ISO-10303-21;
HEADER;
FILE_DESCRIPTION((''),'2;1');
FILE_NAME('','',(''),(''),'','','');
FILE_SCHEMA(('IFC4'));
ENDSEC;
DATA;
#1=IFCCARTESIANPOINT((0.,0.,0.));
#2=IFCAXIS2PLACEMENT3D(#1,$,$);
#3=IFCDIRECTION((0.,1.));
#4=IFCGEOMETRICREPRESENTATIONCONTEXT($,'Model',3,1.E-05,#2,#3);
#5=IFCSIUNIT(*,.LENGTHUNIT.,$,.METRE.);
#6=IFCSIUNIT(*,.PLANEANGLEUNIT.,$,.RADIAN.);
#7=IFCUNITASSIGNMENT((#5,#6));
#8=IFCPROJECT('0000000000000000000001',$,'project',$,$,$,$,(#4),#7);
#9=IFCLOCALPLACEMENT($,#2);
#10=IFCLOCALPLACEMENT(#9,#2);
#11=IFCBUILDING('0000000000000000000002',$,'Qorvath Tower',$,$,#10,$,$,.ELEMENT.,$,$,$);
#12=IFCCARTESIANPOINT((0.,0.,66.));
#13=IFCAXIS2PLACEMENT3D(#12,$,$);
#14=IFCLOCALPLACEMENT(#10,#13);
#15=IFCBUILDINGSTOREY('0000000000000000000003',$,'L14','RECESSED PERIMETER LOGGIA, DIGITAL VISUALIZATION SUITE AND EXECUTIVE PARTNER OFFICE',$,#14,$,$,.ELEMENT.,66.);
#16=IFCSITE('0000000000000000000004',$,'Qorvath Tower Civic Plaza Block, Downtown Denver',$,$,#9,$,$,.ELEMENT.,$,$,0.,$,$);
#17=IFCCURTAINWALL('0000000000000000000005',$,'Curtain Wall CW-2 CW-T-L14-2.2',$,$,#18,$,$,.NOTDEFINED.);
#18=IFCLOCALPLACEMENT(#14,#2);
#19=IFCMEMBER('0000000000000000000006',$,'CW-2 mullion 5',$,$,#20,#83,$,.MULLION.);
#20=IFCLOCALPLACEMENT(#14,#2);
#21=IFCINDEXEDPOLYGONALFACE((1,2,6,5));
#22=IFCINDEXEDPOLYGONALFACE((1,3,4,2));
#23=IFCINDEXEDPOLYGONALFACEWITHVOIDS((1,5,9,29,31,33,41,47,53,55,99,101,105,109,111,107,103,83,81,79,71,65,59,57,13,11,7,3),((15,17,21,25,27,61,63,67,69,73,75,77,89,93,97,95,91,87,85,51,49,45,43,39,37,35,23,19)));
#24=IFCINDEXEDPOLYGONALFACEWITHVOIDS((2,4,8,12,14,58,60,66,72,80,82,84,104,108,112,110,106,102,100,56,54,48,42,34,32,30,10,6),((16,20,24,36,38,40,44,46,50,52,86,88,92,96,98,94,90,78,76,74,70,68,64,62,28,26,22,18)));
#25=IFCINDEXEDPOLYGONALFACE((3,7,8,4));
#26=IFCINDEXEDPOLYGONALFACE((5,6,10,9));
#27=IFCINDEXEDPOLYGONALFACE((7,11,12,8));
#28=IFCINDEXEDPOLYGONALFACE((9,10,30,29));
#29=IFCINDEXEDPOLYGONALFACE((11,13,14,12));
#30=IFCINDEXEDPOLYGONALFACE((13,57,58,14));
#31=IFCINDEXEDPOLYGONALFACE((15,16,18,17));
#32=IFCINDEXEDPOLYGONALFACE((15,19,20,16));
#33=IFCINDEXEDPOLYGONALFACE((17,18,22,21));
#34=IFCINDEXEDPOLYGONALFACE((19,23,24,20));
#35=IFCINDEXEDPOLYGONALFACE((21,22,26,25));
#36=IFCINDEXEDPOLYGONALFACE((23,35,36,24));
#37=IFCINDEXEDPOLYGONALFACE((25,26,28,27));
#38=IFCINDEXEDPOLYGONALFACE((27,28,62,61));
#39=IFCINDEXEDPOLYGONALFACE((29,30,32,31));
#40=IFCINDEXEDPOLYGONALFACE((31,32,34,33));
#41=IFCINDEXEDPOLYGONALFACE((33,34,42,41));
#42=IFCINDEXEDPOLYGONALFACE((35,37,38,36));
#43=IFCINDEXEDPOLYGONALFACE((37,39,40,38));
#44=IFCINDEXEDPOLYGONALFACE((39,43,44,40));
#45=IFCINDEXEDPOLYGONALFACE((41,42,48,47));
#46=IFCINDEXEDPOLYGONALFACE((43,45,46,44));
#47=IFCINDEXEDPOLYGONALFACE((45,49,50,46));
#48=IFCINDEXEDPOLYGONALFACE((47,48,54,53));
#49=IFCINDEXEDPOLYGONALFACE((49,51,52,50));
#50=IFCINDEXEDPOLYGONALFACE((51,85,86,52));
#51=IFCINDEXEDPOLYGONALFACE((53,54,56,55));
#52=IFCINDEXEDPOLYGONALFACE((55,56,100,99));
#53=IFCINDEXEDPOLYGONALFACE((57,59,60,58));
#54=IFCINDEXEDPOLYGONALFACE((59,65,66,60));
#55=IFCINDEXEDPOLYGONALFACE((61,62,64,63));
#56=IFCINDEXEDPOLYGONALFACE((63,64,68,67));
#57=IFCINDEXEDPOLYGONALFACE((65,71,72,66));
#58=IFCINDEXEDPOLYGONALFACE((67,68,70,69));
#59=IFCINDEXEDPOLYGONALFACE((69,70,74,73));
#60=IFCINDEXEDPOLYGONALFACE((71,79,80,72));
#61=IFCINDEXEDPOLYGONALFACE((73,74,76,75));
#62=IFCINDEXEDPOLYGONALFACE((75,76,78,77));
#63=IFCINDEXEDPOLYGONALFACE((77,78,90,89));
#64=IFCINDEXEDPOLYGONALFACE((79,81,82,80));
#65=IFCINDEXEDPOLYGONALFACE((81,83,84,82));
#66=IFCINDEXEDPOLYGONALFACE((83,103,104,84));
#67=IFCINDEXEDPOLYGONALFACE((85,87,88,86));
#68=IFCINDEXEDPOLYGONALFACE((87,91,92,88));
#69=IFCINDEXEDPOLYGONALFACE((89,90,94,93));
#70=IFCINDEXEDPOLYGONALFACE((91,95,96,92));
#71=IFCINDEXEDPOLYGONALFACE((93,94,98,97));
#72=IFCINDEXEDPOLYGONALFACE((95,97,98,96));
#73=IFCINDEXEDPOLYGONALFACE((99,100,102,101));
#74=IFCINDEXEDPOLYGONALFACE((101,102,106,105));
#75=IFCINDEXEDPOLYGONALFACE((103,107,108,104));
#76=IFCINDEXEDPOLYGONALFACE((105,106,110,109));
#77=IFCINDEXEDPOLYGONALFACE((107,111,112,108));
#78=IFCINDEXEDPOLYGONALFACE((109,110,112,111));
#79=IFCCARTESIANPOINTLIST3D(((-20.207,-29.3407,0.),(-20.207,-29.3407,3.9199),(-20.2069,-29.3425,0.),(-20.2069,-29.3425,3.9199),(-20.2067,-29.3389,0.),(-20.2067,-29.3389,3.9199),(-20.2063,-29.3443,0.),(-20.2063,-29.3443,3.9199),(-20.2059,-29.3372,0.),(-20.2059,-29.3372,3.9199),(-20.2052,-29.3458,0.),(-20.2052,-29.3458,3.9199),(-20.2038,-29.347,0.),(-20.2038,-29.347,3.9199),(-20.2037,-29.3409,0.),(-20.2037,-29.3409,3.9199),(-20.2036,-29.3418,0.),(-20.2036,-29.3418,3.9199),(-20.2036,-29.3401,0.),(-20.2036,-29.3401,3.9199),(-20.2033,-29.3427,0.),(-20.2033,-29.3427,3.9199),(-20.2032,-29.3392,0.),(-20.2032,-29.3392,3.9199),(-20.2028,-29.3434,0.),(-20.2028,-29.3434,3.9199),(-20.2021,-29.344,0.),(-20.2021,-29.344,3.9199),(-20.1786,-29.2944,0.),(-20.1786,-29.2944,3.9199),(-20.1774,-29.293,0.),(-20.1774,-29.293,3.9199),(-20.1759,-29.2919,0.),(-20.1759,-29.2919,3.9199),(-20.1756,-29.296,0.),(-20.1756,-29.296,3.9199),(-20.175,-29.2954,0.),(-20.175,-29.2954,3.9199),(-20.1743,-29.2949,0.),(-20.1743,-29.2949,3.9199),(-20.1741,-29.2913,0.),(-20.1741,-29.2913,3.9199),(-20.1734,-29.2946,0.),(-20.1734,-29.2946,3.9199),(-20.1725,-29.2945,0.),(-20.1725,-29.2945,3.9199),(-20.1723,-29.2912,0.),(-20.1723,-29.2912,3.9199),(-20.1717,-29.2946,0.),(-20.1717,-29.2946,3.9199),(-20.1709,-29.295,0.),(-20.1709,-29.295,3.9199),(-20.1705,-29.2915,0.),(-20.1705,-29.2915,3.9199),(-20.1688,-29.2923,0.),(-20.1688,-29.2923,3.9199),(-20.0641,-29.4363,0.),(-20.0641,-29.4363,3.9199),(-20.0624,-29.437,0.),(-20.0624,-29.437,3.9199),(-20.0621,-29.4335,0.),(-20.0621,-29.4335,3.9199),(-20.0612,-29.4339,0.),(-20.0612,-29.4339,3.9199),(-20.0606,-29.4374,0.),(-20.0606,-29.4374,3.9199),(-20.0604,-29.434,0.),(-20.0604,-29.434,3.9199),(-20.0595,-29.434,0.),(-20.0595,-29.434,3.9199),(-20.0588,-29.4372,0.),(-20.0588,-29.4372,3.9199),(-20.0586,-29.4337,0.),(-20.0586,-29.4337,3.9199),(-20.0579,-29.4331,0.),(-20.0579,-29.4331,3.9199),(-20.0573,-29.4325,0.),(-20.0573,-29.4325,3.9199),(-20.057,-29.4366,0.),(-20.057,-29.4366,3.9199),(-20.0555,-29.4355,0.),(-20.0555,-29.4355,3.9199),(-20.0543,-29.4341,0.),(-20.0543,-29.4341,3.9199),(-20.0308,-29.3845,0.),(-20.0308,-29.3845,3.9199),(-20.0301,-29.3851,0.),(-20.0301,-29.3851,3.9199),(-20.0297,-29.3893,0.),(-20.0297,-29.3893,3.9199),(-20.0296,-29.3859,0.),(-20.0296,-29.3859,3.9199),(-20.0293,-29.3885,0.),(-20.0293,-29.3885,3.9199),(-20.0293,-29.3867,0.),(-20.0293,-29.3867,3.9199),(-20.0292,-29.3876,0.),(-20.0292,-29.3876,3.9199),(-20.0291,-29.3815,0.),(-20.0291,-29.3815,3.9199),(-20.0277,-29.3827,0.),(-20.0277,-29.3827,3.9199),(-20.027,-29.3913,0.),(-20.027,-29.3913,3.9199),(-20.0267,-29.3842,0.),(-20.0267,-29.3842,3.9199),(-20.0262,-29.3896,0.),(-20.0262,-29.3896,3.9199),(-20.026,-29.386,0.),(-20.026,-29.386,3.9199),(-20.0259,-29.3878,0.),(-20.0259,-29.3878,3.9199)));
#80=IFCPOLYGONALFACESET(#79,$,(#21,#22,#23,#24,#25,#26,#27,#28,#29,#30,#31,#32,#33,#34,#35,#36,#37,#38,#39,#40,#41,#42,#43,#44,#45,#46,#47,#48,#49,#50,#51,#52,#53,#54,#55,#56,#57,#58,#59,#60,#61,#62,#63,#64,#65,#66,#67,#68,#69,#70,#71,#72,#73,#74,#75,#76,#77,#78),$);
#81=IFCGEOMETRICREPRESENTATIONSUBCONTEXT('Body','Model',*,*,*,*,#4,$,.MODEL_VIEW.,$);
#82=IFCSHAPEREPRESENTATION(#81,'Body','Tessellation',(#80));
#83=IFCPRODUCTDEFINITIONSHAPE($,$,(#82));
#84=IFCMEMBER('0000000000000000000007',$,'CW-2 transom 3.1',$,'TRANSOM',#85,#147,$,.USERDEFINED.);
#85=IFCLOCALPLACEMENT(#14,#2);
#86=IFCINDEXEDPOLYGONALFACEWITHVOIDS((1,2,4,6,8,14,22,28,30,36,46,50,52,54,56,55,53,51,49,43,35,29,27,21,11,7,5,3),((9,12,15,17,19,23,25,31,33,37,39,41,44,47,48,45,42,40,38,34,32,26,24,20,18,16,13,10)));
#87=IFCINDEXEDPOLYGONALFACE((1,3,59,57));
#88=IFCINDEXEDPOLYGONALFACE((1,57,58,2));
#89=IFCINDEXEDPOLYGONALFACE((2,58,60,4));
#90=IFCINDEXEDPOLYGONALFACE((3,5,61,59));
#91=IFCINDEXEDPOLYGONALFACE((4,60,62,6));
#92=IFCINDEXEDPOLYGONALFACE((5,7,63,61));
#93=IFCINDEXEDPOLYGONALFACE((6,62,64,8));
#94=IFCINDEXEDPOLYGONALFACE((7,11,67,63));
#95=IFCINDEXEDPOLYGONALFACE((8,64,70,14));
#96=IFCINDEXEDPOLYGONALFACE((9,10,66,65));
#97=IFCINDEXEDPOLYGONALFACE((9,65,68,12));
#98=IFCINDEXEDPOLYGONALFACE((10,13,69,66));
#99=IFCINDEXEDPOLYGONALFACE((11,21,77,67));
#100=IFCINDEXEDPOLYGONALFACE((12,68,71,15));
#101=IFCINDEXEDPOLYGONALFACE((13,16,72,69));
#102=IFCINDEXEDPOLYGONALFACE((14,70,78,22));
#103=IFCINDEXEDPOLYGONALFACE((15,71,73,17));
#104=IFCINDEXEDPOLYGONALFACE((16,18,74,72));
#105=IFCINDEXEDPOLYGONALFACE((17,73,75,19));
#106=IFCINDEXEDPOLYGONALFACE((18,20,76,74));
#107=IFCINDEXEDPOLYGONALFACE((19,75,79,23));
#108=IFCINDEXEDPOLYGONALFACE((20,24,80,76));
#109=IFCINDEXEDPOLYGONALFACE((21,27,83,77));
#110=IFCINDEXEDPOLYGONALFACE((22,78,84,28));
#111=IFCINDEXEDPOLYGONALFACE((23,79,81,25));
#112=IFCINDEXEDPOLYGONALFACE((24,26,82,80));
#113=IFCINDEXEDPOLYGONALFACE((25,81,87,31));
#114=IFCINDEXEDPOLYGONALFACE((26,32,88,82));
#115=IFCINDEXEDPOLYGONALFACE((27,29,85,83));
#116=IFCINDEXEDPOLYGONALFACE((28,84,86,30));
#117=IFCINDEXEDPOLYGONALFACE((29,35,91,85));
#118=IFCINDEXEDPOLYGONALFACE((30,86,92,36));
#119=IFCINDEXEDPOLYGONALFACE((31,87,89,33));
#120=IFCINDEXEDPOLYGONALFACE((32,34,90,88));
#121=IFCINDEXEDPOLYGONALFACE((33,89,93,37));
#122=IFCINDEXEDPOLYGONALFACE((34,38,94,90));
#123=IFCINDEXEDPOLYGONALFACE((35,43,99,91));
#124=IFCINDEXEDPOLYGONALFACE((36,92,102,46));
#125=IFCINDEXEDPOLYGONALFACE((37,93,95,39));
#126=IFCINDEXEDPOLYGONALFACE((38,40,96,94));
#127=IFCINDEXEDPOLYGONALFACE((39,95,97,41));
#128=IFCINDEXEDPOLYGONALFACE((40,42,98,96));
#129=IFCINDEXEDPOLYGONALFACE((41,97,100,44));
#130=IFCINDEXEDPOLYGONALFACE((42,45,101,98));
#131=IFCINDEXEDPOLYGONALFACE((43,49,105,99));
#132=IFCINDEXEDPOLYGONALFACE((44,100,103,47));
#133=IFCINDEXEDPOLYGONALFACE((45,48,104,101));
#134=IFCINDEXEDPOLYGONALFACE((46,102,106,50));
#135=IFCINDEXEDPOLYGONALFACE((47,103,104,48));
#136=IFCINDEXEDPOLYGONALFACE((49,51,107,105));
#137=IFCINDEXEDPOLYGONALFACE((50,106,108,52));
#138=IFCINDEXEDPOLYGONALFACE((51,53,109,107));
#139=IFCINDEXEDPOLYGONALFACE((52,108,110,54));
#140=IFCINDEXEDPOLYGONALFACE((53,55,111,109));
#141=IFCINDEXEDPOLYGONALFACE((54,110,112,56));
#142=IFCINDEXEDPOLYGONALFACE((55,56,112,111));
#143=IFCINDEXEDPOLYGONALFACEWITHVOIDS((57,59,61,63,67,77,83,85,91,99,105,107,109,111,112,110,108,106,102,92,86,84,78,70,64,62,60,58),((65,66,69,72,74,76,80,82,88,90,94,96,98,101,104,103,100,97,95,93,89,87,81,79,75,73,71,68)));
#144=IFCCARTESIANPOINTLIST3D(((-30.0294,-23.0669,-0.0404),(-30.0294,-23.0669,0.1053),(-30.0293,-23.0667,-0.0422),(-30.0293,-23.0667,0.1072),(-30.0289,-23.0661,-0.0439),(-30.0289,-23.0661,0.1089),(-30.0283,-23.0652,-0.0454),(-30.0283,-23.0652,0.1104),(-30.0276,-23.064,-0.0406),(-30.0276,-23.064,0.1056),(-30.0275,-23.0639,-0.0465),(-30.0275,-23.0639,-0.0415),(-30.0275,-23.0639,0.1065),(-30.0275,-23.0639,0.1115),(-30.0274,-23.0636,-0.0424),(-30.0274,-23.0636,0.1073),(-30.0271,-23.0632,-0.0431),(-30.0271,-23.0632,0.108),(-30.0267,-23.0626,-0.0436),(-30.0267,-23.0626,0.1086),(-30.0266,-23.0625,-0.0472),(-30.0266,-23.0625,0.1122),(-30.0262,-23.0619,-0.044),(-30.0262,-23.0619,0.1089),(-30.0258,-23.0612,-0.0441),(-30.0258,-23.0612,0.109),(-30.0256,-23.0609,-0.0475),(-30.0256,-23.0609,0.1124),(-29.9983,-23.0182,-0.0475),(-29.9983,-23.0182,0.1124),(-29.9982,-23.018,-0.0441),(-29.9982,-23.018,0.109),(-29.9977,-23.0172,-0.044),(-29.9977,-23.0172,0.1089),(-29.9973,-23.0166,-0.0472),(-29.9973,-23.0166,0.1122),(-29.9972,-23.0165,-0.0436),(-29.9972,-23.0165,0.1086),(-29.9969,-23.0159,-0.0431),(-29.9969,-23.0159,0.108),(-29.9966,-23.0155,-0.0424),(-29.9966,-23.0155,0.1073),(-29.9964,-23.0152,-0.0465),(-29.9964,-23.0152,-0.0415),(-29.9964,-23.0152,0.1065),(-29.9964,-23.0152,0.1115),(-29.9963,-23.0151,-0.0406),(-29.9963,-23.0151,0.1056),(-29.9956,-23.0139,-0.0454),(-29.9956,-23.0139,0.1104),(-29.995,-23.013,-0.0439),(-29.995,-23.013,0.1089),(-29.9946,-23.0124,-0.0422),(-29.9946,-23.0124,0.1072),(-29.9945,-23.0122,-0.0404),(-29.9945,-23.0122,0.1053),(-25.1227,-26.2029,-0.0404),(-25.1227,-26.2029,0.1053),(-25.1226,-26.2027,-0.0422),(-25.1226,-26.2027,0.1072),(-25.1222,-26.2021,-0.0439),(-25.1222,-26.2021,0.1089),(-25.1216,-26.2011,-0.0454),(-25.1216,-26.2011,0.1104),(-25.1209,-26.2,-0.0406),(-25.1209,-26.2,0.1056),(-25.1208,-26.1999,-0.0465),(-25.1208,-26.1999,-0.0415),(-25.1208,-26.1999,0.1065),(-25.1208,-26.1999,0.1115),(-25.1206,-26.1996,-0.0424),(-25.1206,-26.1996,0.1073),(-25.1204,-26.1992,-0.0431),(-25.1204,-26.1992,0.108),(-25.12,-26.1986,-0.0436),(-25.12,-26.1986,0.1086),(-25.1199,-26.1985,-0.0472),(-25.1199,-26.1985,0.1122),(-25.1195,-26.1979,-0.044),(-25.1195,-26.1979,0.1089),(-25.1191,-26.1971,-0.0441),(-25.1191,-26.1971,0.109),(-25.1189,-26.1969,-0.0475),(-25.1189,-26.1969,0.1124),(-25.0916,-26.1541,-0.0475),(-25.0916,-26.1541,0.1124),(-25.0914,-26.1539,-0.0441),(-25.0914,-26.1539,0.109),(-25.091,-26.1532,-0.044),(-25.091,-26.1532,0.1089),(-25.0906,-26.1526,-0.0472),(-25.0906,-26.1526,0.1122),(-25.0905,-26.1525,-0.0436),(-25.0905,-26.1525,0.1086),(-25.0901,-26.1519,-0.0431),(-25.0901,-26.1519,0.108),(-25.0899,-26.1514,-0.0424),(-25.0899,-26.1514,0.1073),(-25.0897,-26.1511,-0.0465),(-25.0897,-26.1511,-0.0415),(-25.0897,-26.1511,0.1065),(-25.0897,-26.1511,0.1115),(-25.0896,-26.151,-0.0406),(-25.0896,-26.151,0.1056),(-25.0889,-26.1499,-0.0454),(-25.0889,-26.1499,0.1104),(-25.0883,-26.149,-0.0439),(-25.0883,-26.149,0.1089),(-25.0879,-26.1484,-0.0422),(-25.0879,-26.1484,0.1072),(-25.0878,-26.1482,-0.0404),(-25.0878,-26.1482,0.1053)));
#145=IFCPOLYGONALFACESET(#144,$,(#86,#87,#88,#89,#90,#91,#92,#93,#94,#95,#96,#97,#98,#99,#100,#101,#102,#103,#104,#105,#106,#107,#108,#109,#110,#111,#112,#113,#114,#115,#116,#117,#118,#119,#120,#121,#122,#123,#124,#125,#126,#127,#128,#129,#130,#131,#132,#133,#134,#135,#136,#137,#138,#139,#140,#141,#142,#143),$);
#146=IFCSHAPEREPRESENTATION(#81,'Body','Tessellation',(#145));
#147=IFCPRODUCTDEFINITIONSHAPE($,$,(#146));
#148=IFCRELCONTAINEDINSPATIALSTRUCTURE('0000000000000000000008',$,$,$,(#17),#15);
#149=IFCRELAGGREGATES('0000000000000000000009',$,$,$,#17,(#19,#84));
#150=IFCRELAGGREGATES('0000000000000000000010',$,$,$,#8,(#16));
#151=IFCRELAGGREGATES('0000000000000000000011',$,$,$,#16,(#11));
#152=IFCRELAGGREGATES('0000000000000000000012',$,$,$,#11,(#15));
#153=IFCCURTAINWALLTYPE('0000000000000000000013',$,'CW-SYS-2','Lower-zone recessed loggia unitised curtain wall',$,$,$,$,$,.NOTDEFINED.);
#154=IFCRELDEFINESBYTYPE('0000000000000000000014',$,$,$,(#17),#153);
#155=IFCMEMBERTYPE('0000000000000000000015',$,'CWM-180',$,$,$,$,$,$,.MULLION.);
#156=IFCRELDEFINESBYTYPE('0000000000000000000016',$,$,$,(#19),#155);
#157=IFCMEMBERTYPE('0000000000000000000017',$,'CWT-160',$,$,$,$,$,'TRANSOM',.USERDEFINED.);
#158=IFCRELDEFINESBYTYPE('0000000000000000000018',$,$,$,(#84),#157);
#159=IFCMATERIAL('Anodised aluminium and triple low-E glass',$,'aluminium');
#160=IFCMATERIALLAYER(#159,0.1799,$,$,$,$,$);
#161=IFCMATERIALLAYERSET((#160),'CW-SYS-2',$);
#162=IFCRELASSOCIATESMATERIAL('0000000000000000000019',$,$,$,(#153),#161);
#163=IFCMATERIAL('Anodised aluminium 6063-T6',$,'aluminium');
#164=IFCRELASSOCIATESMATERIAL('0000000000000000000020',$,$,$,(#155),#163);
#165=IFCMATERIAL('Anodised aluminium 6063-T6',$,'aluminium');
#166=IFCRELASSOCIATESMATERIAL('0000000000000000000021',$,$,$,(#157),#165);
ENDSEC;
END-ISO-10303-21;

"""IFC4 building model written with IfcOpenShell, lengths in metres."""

from ifc_helpers import new_model, si_unit, direction, frame, origin, origin_2d, place, context, subcontext, project, spatial, hollow_rectangle, extrude, material, layer, layer_set, material_profile, profile_set, type_object, element, aggregate, save


model = new_model("IFC4")

# Units and contexts
model_context = context("Model", 3, precision=1e-05, world=origin(), true_north=direction((0.0, 1.0)))
body_context = subcontext(model_context, "Body", "Model", "MODEL_VIEW")
ifc_project = project(units=[si_unit("LENGTHUNIT", "METRE"), si_unit("PLANEANGLEUNIT", "RADIAN")], contexts=[model_context])

# Site, building, storey
site_placement = place(None, origin())
site = spatial("IfcSite", under=ifc_project, at=site_placement, Name="Qorvath Tower Civic Plaza Block, Downtown Denver", CompositionType="ELEMENT", RefElevation=0.0)
building_placement = place(site_placement, origin())
building = spatial("IfcBuilding", under=site, at=building_placement, Name="Qorvath Tower", CompositionType="ELEMENT")
storey_placement = place(building_placement, frame((0.0, 0.0, 66.0)))
storey = spatial("IfcBuildingStorey", under=building, at=storey_placement, Name="L14", Description="RECESSED PERIMETER LOGGIA, DIGITAL VISUALIZATION SUITE AND EXECUTIVE PARTNER OFFICE", CompositionType="ELEMENT", Elevation=66.0)

# Curtain wall, members
ifc_material_1 = material(Name="Anodised aluminium and triple low-E glass", Category="aluminium")
ifc_layer_1 = layer(ifc_material_1, 0.1799)
ifc_layer_set_1 = layer_set([ifc_layer_1], Name="CW-SYS-2")
curtain_wall_type = type_object("IfcCurtainWallType", Name="CW-SYS-2", Description="Lower-zone recessed loggia unitised curtain wall", PredefinedType="NOTDEFINED", material=ifc_layer_set_1)
curtain_wall_placement = place(storey_placement, origin())
curtain_wall = element("IfcCurtainWall", 1, at=curtain_wall_placement, inside=storey, type_object=curtain_wall_type, Name="Curtain Wall CW-2 CW-T-L14-2.2", PredefinedType="NOTDEFINED")
ifc_material_2 = material(Name="Anodised aluminium 6063-T6", Category="aluminium")
ifc_material_profile_1 = material_profile(ifc_material_2, hollow_rectangle(XDim=0.0649, YDim=0.1799, WallThickness=0.0034, InnerFilletRadius=0.0034, OuterFilletRadius=0.0071, at=origin_2d()), Name="CWM 180x65")
ifc_profile_set_1 = profile_set([ifc_material_profile_1], Name="Anodised aluminium 6063-T6")
member_type_1 = type_object("IfcMemberType", Name="CWM-180", PredefinedType="MULLION", material=ifc_profile_set_1)
member_1_placement = place(storey_placement, frame((-20.1165, -29.3643, 0.0), z_axis=(0.0, 0.0, 1.0), x_axis=(0.538537, 0.842602, 0.0)))
member_1 = element("IfcMember", 2, at=member_1_placement, type_object=member_type_1, Name="CW-2 mullion 5", PredefinedType="MULLION", context=body_context, shape_type="SweptSolid", body=[
    extrude(hollow_rectangle(XDim=0.0649, YDim=0.1799, WallThickness=0.0034, InnerFilletRadius=0.0034, OuterFilletRadius=0.0071, at=origin_2d()), origin(), (0.0, 0.0, 1.0), 3.9199),
])
ifc_material_3 = material(Name="Anodised aluminium 6063-T6", Category="aluminium")
ifc_material_profile_2 = material_profile(ifc_material_3, hollow_rectangle(XDim=0.0649, YDim=0.1599, WallThickness=0.0034, InnerFilletRadius=0.0034, OuterFilletRadius=0.0071, at=origin_2d()), Name="CWT 160x65")
ifc_profile_set_2 = profile_set([ifc_material_profile_2], Name="Anodised aluminium 6063-T6")
member_type_2 = type_object("IfcMemberType", Name="CWT-160", ElementType="TRANSOM", PredefinedType="USERDEFINED", material=ifc_profile_set_2)
member_2_placement = place(storey_placement, frame((-30.012, -23.0396, 0.0325), z_axis=(0.842609, -0.538527, 0.0), x_axis=(0.538527, 0.842609, 0.0)))
member_2 = element("IfcMember", 3, at=member_2_placement, type_object=member_type_2, Name="CW-2 transom 3.1", ObjectType="TRANSOM", PredefinedType="USERDEFINED", context=body_context, shape_type="SweptSolid", body=[
    extrude(hollow_rectangle(XDim=0.0649, YDim=0.1599, WallThickness=0.0034, InnerFilletRadius=0.0034, OuterFilletRadius=0.0071, at=origin_2d()), origin(), (0.0, 0.0, 1.0), 5.8232),
])
aggregate(curtain_wall, [member_1, member_2])

save(model, "model.ifc")
